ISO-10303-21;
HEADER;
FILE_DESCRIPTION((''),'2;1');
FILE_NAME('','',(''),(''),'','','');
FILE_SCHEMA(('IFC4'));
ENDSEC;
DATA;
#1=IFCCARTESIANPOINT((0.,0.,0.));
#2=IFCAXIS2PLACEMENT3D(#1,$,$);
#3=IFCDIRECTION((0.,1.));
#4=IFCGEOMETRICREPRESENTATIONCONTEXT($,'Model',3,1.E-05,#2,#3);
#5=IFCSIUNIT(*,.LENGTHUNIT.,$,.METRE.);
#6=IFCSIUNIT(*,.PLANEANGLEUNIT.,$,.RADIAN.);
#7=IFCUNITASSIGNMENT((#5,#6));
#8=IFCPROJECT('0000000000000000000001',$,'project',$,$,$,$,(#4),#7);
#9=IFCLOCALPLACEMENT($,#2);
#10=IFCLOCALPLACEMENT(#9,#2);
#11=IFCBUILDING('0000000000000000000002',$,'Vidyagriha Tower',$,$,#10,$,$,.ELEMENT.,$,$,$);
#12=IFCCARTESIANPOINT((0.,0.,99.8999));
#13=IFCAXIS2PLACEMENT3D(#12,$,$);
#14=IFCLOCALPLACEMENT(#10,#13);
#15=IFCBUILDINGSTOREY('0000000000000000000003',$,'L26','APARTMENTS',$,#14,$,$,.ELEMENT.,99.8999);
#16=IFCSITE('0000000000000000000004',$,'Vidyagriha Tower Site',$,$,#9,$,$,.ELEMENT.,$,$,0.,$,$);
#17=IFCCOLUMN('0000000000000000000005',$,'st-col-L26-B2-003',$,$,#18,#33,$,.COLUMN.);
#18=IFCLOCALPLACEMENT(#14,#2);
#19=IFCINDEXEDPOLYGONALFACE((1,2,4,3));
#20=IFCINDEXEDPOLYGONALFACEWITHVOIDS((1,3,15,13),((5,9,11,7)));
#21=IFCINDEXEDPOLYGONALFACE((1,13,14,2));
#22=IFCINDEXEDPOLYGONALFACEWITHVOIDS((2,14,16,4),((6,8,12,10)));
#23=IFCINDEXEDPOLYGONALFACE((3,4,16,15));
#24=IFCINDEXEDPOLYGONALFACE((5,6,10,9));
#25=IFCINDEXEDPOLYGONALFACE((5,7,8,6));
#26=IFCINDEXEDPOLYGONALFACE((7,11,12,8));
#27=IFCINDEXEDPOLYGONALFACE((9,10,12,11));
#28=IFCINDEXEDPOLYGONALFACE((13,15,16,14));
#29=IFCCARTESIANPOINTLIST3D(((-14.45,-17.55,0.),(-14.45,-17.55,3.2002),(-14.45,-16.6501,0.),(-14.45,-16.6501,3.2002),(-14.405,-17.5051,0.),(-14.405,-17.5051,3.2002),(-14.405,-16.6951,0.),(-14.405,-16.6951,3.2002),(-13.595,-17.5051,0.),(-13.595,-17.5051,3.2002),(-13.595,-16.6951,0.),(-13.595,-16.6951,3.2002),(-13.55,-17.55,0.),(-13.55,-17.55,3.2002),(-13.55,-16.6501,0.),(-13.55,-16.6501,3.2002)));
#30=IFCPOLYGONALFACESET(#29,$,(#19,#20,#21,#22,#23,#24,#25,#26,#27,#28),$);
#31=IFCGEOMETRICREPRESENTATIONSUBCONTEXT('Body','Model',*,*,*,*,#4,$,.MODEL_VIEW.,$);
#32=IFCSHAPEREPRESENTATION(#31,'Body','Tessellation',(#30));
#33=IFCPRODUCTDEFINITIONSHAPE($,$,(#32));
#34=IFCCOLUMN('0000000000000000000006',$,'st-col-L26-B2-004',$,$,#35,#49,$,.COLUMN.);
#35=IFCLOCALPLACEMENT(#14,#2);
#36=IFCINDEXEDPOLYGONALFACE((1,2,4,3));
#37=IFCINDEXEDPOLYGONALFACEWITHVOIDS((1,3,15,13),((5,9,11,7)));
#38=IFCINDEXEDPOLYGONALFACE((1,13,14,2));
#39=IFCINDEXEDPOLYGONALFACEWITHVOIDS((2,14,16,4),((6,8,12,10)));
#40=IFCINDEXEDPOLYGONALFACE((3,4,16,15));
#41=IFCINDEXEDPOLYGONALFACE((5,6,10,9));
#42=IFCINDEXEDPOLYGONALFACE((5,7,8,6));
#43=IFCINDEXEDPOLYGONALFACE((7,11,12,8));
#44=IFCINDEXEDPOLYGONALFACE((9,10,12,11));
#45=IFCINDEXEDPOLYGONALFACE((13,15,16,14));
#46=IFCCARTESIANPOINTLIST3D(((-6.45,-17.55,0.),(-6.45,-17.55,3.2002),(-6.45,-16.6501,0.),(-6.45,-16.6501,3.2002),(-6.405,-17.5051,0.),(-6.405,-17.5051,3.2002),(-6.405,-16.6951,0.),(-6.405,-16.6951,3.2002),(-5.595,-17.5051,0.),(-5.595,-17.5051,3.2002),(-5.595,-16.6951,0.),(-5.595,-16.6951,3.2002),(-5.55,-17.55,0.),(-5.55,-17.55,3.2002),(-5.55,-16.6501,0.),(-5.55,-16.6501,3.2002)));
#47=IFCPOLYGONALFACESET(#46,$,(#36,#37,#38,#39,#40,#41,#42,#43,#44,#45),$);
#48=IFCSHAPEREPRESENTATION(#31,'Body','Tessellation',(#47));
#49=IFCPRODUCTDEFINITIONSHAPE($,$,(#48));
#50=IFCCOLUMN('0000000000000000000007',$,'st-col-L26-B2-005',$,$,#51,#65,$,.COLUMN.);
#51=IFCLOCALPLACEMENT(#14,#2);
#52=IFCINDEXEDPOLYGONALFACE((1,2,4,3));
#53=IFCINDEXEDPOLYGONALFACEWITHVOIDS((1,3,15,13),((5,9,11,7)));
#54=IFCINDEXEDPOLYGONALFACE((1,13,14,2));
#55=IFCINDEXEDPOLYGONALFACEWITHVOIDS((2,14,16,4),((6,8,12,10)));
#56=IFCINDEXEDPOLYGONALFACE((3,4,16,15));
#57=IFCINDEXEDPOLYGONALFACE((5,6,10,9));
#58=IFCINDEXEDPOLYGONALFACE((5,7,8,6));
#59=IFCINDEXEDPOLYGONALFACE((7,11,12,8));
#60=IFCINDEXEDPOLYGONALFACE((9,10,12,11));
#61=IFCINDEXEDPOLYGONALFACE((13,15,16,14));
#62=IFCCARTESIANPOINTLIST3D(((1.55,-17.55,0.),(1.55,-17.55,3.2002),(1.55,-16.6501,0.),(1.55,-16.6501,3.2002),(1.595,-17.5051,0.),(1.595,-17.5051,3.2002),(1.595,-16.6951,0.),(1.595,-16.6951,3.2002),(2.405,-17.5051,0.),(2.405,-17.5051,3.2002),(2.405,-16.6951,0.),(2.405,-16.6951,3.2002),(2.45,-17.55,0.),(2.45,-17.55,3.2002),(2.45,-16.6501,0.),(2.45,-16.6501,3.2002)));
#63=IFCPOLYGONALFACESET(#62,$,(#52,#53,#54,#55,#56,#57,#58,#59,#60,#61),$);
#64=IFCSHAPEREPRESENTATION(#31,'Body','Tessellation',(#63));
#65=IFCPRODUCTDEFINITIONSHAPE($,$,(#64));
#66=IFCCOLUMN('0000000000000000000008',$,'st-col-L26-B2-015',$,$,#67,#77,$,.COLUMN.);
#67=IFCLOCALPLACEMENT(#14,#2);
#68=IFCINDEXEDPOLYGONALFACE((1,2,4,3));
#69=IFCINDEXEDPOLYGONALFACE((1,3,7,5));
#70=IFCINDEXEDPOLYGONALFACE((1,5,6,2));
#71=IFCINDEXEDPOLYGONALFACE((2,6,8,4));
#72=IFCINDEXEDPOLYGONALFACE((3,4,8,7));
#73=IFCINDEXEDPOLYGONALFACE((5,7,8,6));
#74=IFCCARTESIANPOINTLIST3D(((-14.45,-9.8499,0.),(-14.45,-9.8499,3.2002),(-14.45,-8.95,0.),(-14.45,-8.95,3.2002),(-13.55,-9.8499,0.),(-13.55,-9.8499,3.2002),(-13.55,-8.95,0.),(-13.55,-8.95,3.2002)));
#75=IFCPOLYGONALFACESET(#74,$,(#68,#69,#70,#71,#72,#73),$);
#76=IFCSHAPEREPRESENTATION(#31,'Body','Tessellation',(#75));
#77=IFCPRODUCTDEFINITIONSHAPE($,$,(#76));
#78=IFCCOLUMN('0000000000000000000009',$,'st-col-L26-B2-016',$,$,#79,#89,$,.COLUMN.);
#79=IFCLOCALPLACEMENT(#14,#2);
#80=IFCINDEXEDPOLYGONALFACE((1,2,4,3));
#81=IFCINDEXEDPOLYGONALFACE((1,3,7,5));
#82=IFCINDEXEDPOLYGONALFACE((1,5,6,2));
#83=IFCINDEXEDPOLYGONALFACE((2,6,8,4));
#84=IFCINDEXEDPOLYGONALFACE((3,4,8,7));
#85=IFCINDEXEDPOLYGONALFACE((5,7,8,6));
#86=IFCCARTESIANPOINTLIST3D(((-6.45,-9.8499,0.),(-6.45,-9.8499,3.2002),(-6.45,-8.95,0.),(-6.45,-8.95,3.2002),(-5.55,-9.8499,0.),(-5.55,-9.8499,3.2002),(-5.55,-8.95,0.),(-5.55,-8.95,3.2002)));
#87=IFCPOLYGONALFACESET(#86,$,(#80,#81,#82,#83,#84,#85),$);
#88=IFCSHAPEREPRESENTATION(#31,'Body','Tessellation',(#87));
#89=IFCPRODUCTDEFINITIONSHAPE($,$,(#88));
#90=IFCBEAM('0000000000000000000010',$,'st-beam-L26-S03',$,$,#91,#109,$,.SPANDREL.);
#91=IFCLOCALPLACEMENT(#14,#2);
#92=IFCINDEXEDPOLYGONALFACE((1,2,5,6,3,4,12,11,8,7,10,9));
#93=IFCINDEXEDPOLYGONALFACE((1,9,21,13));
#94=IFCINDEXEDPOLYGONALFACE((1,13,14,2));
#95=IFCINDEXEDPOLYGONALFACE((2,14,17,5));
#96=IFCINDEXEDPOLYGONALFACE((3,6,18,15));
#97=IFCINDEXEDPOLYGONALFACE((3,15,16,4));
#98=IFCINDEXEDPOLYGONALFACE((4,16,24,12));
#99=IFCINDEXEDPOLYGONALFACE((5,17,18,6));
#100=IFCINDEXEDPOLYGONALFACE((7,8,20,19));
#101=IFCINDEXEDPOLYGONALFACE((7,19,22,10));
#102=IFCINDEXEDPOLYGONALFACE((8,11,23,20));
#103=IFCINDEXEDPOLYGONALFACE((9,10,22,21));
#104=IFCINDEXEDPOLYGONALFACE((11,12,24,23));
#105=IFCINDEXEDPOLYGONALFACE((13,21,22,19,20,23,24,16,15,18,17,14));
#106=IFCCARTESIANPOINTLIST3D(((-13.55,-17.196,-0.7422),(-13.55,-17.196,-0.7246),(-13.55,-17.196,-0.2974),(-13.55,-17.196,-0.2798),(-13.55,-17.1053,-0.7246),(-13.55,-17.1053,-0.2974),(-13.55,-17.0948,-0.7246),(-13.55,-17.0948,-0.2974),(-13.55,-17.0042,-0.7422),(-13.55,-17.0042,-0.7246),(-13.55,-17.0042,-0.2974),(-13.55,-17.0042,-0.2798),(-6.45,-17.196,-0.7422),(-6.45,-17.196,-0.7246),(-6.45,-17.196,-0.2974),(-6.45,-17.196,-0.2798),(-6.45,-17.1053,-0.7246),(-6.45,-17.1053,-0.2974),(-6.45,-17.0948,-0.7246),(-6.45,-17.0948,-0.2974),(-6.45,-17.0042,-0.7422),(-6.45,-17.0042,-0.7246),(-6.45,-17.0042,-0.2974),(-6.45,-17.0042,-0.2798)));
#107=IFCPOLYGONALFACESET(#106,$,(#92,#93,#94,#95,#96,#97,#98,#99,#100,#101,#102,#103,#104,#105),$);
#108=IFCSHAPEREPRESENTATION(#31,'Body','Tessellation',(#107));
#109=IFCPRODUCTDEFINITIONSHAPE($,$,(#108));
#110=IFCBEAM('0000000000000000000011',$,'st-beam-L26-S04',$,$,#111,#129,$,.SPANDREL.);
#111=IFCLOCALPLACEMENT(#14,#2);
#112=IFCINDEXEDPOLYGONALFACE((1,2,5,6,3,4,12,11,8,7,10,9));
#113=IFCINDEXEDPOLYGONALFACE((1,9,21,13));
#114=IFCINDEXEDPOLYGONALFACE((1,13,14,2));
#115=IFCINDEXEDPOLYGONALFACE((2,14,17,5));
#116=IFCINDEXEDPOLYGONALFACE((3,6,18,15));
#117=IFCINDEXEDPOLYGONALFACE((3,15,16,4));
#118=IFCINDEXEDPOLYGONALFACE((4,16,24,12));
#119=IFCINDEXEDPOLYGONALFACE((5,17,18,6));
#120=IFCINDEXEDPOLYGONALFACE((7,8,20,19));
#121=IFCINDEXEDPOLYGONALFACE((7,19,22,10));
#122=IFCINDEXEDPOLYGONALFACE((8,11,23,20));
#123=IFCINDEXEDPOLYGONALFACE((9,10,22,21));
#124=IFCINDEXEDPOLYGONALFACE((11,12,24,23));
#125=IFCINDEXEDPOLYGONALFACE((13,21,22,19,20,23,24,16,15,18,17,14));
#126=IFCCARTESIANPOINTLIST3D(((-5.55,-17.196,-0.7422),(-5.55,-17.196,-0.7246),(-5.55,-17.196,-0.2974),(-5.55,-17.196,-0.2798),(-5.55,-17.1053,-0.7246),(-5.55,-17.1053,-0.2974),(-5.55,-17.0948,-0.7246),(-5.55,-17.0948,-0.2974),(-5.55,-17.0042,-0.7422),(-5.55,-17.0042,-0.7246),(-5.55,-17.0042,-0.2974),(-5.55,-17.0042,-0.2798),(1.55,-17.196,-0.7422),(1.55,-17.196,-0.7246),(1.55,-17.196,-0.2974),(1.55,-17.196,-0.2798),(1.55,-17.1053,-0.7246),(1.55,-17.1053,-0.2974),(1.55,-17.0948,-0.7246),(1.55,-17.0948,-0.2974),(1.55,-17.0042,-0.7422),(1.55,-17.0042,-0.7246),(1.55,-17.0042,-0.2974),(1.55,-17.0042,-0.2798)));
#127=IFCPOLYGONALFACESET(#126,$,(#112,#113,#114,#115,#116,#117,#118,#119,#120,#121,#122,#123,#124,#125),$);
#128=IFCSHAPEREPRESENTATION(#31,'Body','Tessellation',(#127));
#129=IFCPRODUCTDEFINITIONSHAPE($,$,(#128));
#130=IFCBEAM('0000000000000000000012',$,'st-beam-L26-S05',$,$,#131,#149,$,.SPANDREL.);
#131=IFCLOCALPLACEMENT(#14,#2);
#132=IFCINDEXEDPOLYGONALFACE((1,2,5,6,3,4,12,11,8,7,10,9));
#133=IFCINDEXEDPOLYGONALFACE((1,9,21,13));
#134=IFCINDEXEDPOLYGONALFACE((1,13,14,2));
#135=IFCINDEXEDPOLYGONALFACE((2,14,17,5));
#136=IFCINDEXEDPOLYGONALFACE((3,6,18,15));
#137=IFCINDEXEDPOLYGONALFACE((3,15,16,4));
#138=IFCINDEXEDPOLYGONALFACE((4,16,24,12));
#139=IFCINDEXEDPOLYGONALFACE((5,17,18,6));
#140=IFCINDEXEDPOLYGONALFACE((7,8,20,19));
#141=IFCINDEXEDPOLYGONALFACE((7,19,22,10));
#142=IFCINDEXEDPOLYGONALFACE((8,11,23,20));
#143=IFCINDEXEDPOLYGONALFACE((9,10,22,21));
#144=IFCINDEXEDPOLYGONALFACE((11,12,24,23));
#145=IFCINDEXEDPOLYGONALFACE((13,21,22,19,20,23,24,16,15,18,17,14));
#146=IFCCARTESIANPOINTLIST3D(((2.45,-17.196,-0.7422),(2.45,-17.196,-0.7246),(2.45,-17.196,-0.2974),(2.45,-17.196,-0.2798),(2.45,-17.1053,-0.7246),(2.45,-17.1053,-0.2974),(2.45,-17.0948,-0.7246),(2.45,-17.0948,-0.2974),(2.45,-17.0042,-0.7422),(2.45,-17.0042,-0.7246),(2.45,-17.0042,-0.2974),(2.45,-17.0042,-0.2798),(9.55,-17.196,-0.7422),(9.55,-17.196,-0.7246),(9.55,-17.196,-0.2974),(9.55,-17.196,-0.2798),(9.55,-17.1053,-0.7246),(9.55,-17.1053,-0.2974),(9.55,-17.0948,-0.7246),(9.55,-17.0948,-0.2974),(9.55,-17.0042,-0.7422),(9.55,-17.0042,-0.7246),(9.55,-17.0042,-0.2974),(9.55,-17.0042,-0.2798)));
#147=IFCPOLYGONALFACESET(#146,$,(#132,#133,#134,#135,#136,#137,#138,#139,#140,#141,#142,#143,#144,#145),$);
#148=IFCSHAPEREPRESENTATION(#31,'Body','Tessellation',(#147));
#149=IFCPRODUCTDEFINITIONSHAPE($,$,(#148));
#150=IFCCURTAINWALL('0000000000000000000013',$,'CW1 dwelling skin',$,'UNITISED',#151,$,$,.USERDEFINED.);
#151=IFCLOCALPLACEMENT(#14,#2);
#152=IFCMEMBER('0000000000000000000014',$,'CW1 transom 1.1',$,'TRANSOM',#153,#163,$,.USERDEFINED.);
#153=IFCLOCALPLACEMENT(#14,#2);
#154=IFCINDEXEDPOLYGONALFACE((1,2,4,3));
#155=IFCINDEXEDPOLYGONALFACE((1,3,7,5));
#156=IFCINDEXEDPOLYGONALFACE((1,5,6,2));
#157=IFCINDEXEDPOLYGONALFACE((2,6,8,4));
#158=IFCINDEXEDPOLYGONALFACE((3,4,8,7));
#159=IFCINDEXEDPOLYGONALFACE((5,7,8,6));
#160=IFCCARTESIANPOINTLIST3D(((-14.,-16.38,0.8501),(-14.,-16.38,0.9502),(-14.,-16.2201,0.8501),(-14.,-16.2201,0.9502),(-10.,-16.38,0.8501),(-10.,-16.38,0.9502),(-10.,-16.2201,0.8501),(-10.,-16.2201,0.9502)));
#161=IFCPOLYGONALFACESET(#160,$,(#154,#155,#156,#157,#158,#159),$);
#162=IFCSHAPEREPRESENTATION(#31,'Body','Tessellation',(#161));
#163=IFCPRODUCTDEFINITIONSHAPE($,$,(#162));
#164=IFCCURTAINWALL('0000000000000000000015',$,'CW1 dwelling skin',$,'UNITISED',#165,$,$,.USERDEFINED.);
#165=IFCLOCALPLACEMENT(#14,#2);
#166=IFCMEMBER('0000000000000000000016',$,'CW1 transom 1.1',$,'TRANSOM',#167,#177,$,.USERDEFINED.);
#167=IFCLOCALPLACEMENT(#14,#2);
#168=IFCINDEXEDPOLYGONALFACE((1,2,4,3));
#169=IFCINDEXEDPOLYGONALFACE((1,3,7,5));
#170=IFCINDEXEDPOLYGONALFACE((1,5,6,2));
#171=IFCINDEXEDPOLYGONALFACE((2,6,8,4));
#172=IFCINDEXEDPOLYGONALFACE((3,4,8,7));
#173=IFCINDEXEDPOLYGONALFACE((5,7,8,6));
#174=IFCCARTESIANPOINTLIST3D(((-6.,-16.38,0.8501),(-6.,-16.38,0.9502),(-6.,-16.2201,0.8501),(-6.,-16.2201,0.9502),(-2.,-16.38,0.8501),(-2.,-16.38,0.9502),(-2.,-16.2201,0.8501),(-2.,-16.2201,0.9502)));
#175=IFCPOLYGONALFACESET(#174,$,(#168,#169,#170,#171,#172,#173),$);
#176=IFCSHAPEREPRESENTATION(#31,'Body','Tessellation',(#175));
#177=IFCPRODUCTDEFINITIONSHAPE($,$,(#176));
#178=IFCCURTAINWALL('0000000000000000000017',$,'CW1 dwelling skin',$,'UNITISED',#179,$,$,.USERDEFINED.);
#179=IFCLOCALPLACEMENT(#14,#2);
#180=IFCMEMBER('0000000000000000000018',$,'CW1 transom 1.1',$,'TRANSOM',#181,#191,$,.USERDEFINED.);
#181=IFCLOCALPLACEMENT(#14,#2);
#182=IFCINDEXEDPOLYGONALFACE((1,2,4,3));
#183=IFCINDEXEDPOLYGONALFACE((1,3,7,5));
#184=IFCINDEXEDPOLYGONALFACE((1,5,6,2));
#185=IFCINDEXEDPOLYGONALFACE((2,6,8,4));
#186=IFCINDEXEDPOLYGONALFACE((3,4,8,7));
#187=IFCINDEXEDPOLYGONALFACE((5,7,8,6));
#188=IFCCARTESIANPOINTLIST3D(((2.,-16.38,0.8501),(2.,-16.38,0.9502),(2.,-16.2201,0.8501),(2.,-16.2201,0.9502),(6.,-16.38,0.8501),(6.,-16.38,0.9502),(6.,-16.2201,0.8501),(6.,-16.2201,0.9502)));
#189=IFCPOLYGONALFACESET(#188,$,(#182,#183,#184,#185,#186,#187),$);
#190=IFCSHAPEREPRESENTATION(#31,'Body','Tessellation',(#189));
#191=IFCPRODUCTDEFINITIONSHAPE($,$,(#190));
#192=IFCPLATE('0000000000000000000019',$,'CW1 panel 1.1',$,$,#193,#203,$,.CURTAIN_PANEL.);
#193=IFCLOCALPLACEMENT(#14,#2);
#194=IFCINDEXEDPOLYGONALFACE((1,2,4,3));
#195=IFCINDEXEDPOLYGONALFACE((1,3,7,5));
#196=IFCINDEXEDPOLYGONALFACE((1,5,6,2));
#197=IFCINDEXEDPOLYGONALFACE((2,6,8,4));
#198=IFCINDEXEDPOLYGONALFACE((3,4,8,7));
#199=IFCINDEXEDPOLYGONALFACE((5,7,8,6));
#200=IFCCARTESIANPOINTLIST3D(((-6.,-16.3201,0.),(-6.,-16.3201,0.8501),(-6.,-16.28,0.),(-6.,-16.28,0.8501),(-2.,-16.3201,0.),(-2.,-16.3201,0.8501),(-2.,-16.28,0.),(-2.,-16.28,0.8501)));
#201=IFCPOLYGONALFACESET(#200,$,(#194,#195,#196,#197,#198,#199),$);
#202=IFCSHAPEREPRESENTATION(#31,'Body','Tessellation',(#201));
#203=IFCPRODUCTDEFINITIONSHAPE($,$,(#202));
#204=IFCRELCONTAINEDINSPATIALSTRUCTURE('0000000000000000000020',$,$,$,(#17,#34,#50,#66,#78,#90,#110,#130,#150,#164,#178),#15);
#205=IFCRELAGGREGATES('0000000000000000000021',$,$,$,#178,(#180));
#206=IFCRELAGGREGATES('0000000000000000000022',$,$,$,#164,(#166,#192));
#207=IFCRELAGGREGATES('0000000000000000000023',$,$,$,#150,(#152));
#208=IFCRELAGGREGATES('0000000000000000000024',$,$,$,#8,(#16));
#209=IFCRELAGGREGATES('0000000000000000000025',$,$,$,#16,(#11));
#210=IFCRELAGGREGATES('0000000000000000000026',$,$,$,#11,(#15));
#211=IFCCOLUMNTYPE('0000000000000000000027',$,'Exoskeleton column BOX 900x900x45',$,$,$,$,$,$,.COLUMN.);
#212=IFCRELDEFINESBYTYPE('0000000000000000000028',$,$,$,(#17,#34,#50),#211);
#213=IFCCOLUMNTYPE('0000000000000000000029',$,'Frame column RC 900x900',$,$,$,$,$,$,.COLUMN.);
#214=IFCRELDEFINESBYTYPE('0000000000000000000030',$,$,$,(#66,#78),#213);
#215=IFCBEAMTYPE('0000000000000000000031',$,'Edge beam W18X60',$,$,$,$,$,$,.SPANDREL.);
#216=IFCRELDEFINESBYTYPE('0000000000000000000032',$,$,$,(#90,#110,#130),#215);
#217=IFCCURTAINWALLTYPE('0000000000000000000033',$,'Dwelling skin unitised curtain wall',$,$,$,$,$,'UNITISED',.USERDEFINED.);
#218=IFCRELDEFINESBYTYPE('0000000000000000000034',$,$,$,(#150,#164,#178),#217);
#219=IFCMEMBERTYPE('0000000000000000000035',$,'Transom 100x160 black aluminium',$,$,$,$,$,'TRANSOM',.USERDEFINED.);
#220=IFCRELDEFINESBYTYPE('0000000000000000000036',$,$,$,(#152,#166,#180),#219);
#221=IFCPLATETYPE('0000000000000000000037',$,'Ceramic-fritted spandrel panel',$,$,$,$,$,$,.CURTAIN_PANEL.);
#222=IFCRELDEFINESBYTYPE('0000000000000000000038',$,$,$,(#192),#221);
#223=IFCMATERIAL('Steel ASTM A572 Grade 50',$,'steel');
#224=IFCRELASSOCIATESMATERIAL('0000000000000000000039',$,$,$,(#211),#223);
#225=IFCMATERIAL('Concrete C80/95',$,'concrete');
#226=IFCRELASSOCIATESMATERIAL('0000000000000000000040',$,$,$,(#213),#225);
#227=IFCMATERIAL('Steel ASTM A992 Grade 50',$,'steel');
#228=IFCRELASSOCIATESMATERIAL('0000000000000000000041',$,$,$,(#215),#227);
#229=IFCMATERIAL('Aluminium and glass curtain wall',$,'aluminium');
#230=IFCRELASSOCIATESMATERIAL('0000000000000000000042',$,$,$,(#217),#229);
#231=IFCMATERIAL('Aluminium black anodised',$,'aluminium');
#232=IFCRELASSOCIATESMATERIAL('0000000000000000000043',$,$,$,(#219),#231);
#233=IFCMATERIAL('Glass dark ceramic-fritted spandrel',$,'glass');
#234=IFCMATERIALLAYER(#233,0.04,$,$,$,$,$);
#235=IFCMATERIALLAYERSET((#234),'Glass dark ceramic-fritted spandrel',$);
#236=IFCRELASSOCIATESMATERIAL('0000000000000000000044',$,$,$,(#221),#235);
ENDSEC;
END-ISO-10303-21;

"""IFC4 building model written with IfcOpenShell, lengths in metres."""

from ifc_helpers import new_model, si_unit, direction, frame, origin, origin_2d, place, context, subcontext, project, spatial, rectangle, hollow_rectangle, i_section, extrude, material, layer, layer_set, material_profile, profile_set, type_object, element, aggregate, save


model = new_model("IFC4")

# Units and contexts
model_context = context("Model", 3, precision=1e-05, world=origin(), true_north=direction((0.0, 1.0)))
body_context = subcontext(model_context, "Body", "Model", "MODEL_VIEW")
ifc_project = project(units=[si_unit("LENGTHUNIT", "METRE"), si_unit("PLANEANGLEUNIT", "RADIAN")], contexts=[model_context])

# Site, building, storey
site_placement = place(None, origin())
site = spatial("IfcSite", under=ifc_project, at=site_placement, Name="Vidyagriha Tower Site", CompositionType="ELEMENT", RefElevation=0.0)
building_placement = place(site_placement, origin())
building = spatial("IfcBuilding", under=site, at=building_placement, Name="Vidyagriha Tower", CompositionType="ELEMENT")
storey_placement = place(building_placement, frame((0.0, 0.0, 99.8999)))
storey = spatial("IfcBuildingStorey", under=building, at=storey_placement, Name="L26", Description="APARTMENTS", CompositionType="ELEMENT", Elevation=99.8999)

# Columns
ifc_material_1 = material(Name="Steel ASTM A572 Grade 50", Category="steel")
ifc_material_profile_1 = material_profile(ifc_material_1, hollow_rectangle(XDim=0.8999, YDim=0.8999, WallThickness=0.0449, at=origin_2d()), Name="BOX 900x900x45")
ifc_profile_set_1 = profile_set([ifc_material_profile_1], Name="Steel ASTM A572 Grade 50")
column_type_1 = type_object("IfcColumnType", Name="Exoskeleton column BOX 900x900x45", PredefinedType="COLUMN", material=ifc_profile_set_1)
for number, where, name in (
    (1, (-14.0, -17.1001, 0.0), "st-col-L26-B2-003"),
    (2, (-6.0, -17.1001, 0.0), "st-col-L26-B2-004"),
    (3, (2.0, -17.1001, 0.0), "st-col-L26-B2-005"),
):
    element("IfcColumn", number, at=place(storey_placement, frame(where)), inside=storey, type_object=column_type_1, Name=name, PredefinedType="COLUMN", context=body_context, shape_type="SweptSolid", body=[
        extrude(hollow_rectangle(XDim=0.8999, YDim=0.8999, WallThickness=0.0449, at=origin_2d()), origin(), (0.0, 0.0, 1.0), 3.2002),
    ])
ifc_material_2 = material(Name="Concrete C80/95", Category="concrete")
ifc_material_profile_2 = material_profile(ifc_material_2, rectangle(XDim=0.8999, YDim=0.8999, at=origin_2d()), Name="RC 900x900")
ifc_profile_set_2 = profile_set([ifc_material_profile_2], Name="Concrete C80/95")
column_type_2 = type_object("IfcColumnType", Name="Frame column RC 900x900", PredefinedType="COLUMN", material=ifc_profile_set_2)
for number, where, name in (
    (4, (-14.0, -9.3999, 0.0), "st-col-L26-B2-015"),
    (5, (-6.0, -9.3999, 0.0), "st-col-L26-B2-016"),
):
    element("IfcColumn", number, at=place(storey_placement, frame(where)), inside=storey, type_object=column_type_2, Name=name, PredefinedType="COLUMN", context=body_context, shape_type="SweptSolid", body=[
        extrude(rectangle(XDim=0.8999, YDim=0.8999, at=origin_2d()), origin(), (0.0, 0.0, 1.0), 3.2002),
    ])

# Beams
ifc_material_3 = material(Name="Steel ASTM A992 Grade 50", Category="steel")
ifc_material_profile_3 = material_profile(ifc_material_3, i_section(OverallWidth=0.1919, OverallDepth=0.4624, WebThickness=0.0105, FlangeThickness=0.0176, at=origin_2d()), Name="W18X60")
ifc_profile_set_3 = profile_set([ifc_material_profile_3], Name="Steel ASTM A992 Grade 50")
beam_type = type_object("IfcBeamType", Name="Edge beam W18X60", PredefinedType="SPANDREL", material=ifc_profile_set_3)
for number, where, z_axis, x_axis, name in (
    (6, (-13.55, -17.1001, -0.511), (1.0, 0.0, 0.0), (0.0, 1.0, 0.0), "st-beam-L26-S03"),
    (7, (-5.55, -17.1001, -0.511), (1.0, 0.0, 0.0), (0.0, 1.0, 0.0), "st-beam-L26-S04"),
    (8, (2.45, -17.1001, -0.511), (1.0, 0.0, 0.0), (0.0, 1.0, 0.0), "st-beam-L26-S05"),
):
    element("IfcBeam", number, at=place(storey_placement, frame(where, z_axis=z_axis, x_axis=x_axis)), inside=storey, type_object=beam_type, Name=name, PredefinedType="SPANDREL", context=body_context, shape_type="SweptSolid", body=[
        extrude(i_section(OverallWidth=0.1919, OverallDepth=0.4624, WebThickness=0.0105, FlangeThickness=0.0176, at=origin_2d()), origin(), (0.0, 0.0, 1.0), 7.1001),
    ])

# Curtain walls, members
ifc_material_4 = material(Name="Aluminium and glass curtain wall", Category="aluminium")
curtain_wall_type = type_object("IfcCurtainWallType", Name="Dwelling skin unitised curtain wall", ElementType="UNITISED", PredefinedType="USERDEFINED", material=ifc_material_4)
curtain_wall_1_placement = place(storey_placement, origin())
curtain_wall_1 = element("IfcCurtainWall", 9, at=curtain_wall_1_placement, inside=storey, type_object=curtain_wall_type, Name="CW1 dwelling skin", ObjectType="UNITISED", PredefinedType="USERDEFINED")
ifc_material_5 = material(Name="Aluminium black anodised", Category="aluminium")
ifc_material_profile_4 = material_profile(ifc_material_5, rectangle(XDim=0.1599, YDim=0.1001, at=origin_2d()), Name="Transom 100x160 black aluminium")
ifc_profile_set_4 = profile_set([ifc_material_profile_4], Name="Aluminium black anodised")
member_type = type_object("IfcMemberType", Name="Transom 100x160 black aluminium", ElementType="TRANSOM", PredefinedType="USERDEFINED", material=ifc_profile_set_4)
member_1_placement = place(storey_placement, frame((-14.0, -16.3, 0.9001), z_axis=(1.0, 0.0, 0.0), x_axis=(0.0, 1.0, 0.0)))
member_1 = element("IfcMember", 10, at=member_1_placement, type_object=member_type, Name="CW1 transom 1.1", ObjectType="TRANSOM", PredefinedType="USERDEFINED", context=body_context, shape_type="SweptSolid", body=[
    extrude(rectangle(XDim=0.1599, YDim=0.1001, at=origin_2d()), origin(), (0.0, 0.0, 1.0), 4.0),
])
curtain_wall_2_placement = place(storey_placement, origin())
curtain_wall_2 = element("IfcCurtainWall", 11, at=curtain_wall_2_placement, inside=storey, type_object=curtain_wall_type, Name="CW1 dwelling skin", ObjectType="UNITISED", PredefinedType="USERDEFINED")
member_2_placement = place(storey_placement, frame((-6.0, -16.3, 0.9001), z_axis=(1.0, 0.0, 0.0), x_axis=(0.0, 1.0, 0.0)))
member_2 = element("IfcMember", 12, at=member_2_placement, type_object=member_type, Name="CW1 transom 1.1", ObjectType="TRANSOM", PredefinedType="USERDEFINED", context=body_context, shape_type="SweptSolid", body=[
    extrude(rectangle(XDim=0.1599, YDim=0.1001, at=origin_2d()), origin(), (0.0, 0.0, 1.0), 4.0),
])
curtain_wall_3_placement = place(storey_placement, origin())
curtain_wall_3 = element("IfcCurtainWall", 13, at=curtain_wall_3_placement, inside=storey, type_object=curtain_wall_type, Name="CW1 dwelling skin", ObjectType="UNITISED", PredefinedType="USERDEFINED")
member_3_placement = place(storey_placement, frame((2.0, -16.3, 0.9001), z_axis=(1.0, 0.0, 0.0), x_axis=(0.0, 1.0, 0.0)))
member_3 = element("IfcMember", 14, at=member_3_placement, type_object=member_type, Name="CW1 transom 1.1", ObjectType="TRANSOM", PredefinedType="USERDEFINED", context=body_context, shape_type="SweptSolid", body=[
    extrude(rectangle(XDim=0.1599, YDim=0.1001, at=origin_2d()), origin(), (0.0, 0.0, 1.0), 4.0),
])
aggregate(curtain_wall_3, [member_3])

# Plate
ifc_material_6 = material(Name="Glass dark ceramic-fritted spandrel", Category="glass")
ifc_layer_1 = layer(ifc_material_6, 0.04)
ifc_layer_set_1 = layer_set([ifc_layer_1], Name="Glass dark ceramic-fritted spandrel")
plate_type_1 = type_object("IfcPlateType", Name="Ceramic-fritted spandrel panel", PredefinedType="CURTAIN_PANEL", material=ifc_layer_set_1)
plate_1_placement = place(storey_placement, frame((-4.0, -16.3, 0.0)))
plate_1 = element("IfcPlate", 15, at=plate_1_placement, type_object=plate_type_1, Name="CW1 panel 1.1", PredefinedType="CURTAIN_PANEL", context=body_context, shape_type="SweptSolid", body=[
    extrude(rectangle(XDim=4.0, YDim=0.04, at=origin_2d()), origin(), (0.0, 0.0, 1.0), 0.8501),
])
aggregate(curtain_wall_2, [member_2, plate_1])
aggregate(curtain_wall_1, [member_1])

save(model, "model.ifc")
